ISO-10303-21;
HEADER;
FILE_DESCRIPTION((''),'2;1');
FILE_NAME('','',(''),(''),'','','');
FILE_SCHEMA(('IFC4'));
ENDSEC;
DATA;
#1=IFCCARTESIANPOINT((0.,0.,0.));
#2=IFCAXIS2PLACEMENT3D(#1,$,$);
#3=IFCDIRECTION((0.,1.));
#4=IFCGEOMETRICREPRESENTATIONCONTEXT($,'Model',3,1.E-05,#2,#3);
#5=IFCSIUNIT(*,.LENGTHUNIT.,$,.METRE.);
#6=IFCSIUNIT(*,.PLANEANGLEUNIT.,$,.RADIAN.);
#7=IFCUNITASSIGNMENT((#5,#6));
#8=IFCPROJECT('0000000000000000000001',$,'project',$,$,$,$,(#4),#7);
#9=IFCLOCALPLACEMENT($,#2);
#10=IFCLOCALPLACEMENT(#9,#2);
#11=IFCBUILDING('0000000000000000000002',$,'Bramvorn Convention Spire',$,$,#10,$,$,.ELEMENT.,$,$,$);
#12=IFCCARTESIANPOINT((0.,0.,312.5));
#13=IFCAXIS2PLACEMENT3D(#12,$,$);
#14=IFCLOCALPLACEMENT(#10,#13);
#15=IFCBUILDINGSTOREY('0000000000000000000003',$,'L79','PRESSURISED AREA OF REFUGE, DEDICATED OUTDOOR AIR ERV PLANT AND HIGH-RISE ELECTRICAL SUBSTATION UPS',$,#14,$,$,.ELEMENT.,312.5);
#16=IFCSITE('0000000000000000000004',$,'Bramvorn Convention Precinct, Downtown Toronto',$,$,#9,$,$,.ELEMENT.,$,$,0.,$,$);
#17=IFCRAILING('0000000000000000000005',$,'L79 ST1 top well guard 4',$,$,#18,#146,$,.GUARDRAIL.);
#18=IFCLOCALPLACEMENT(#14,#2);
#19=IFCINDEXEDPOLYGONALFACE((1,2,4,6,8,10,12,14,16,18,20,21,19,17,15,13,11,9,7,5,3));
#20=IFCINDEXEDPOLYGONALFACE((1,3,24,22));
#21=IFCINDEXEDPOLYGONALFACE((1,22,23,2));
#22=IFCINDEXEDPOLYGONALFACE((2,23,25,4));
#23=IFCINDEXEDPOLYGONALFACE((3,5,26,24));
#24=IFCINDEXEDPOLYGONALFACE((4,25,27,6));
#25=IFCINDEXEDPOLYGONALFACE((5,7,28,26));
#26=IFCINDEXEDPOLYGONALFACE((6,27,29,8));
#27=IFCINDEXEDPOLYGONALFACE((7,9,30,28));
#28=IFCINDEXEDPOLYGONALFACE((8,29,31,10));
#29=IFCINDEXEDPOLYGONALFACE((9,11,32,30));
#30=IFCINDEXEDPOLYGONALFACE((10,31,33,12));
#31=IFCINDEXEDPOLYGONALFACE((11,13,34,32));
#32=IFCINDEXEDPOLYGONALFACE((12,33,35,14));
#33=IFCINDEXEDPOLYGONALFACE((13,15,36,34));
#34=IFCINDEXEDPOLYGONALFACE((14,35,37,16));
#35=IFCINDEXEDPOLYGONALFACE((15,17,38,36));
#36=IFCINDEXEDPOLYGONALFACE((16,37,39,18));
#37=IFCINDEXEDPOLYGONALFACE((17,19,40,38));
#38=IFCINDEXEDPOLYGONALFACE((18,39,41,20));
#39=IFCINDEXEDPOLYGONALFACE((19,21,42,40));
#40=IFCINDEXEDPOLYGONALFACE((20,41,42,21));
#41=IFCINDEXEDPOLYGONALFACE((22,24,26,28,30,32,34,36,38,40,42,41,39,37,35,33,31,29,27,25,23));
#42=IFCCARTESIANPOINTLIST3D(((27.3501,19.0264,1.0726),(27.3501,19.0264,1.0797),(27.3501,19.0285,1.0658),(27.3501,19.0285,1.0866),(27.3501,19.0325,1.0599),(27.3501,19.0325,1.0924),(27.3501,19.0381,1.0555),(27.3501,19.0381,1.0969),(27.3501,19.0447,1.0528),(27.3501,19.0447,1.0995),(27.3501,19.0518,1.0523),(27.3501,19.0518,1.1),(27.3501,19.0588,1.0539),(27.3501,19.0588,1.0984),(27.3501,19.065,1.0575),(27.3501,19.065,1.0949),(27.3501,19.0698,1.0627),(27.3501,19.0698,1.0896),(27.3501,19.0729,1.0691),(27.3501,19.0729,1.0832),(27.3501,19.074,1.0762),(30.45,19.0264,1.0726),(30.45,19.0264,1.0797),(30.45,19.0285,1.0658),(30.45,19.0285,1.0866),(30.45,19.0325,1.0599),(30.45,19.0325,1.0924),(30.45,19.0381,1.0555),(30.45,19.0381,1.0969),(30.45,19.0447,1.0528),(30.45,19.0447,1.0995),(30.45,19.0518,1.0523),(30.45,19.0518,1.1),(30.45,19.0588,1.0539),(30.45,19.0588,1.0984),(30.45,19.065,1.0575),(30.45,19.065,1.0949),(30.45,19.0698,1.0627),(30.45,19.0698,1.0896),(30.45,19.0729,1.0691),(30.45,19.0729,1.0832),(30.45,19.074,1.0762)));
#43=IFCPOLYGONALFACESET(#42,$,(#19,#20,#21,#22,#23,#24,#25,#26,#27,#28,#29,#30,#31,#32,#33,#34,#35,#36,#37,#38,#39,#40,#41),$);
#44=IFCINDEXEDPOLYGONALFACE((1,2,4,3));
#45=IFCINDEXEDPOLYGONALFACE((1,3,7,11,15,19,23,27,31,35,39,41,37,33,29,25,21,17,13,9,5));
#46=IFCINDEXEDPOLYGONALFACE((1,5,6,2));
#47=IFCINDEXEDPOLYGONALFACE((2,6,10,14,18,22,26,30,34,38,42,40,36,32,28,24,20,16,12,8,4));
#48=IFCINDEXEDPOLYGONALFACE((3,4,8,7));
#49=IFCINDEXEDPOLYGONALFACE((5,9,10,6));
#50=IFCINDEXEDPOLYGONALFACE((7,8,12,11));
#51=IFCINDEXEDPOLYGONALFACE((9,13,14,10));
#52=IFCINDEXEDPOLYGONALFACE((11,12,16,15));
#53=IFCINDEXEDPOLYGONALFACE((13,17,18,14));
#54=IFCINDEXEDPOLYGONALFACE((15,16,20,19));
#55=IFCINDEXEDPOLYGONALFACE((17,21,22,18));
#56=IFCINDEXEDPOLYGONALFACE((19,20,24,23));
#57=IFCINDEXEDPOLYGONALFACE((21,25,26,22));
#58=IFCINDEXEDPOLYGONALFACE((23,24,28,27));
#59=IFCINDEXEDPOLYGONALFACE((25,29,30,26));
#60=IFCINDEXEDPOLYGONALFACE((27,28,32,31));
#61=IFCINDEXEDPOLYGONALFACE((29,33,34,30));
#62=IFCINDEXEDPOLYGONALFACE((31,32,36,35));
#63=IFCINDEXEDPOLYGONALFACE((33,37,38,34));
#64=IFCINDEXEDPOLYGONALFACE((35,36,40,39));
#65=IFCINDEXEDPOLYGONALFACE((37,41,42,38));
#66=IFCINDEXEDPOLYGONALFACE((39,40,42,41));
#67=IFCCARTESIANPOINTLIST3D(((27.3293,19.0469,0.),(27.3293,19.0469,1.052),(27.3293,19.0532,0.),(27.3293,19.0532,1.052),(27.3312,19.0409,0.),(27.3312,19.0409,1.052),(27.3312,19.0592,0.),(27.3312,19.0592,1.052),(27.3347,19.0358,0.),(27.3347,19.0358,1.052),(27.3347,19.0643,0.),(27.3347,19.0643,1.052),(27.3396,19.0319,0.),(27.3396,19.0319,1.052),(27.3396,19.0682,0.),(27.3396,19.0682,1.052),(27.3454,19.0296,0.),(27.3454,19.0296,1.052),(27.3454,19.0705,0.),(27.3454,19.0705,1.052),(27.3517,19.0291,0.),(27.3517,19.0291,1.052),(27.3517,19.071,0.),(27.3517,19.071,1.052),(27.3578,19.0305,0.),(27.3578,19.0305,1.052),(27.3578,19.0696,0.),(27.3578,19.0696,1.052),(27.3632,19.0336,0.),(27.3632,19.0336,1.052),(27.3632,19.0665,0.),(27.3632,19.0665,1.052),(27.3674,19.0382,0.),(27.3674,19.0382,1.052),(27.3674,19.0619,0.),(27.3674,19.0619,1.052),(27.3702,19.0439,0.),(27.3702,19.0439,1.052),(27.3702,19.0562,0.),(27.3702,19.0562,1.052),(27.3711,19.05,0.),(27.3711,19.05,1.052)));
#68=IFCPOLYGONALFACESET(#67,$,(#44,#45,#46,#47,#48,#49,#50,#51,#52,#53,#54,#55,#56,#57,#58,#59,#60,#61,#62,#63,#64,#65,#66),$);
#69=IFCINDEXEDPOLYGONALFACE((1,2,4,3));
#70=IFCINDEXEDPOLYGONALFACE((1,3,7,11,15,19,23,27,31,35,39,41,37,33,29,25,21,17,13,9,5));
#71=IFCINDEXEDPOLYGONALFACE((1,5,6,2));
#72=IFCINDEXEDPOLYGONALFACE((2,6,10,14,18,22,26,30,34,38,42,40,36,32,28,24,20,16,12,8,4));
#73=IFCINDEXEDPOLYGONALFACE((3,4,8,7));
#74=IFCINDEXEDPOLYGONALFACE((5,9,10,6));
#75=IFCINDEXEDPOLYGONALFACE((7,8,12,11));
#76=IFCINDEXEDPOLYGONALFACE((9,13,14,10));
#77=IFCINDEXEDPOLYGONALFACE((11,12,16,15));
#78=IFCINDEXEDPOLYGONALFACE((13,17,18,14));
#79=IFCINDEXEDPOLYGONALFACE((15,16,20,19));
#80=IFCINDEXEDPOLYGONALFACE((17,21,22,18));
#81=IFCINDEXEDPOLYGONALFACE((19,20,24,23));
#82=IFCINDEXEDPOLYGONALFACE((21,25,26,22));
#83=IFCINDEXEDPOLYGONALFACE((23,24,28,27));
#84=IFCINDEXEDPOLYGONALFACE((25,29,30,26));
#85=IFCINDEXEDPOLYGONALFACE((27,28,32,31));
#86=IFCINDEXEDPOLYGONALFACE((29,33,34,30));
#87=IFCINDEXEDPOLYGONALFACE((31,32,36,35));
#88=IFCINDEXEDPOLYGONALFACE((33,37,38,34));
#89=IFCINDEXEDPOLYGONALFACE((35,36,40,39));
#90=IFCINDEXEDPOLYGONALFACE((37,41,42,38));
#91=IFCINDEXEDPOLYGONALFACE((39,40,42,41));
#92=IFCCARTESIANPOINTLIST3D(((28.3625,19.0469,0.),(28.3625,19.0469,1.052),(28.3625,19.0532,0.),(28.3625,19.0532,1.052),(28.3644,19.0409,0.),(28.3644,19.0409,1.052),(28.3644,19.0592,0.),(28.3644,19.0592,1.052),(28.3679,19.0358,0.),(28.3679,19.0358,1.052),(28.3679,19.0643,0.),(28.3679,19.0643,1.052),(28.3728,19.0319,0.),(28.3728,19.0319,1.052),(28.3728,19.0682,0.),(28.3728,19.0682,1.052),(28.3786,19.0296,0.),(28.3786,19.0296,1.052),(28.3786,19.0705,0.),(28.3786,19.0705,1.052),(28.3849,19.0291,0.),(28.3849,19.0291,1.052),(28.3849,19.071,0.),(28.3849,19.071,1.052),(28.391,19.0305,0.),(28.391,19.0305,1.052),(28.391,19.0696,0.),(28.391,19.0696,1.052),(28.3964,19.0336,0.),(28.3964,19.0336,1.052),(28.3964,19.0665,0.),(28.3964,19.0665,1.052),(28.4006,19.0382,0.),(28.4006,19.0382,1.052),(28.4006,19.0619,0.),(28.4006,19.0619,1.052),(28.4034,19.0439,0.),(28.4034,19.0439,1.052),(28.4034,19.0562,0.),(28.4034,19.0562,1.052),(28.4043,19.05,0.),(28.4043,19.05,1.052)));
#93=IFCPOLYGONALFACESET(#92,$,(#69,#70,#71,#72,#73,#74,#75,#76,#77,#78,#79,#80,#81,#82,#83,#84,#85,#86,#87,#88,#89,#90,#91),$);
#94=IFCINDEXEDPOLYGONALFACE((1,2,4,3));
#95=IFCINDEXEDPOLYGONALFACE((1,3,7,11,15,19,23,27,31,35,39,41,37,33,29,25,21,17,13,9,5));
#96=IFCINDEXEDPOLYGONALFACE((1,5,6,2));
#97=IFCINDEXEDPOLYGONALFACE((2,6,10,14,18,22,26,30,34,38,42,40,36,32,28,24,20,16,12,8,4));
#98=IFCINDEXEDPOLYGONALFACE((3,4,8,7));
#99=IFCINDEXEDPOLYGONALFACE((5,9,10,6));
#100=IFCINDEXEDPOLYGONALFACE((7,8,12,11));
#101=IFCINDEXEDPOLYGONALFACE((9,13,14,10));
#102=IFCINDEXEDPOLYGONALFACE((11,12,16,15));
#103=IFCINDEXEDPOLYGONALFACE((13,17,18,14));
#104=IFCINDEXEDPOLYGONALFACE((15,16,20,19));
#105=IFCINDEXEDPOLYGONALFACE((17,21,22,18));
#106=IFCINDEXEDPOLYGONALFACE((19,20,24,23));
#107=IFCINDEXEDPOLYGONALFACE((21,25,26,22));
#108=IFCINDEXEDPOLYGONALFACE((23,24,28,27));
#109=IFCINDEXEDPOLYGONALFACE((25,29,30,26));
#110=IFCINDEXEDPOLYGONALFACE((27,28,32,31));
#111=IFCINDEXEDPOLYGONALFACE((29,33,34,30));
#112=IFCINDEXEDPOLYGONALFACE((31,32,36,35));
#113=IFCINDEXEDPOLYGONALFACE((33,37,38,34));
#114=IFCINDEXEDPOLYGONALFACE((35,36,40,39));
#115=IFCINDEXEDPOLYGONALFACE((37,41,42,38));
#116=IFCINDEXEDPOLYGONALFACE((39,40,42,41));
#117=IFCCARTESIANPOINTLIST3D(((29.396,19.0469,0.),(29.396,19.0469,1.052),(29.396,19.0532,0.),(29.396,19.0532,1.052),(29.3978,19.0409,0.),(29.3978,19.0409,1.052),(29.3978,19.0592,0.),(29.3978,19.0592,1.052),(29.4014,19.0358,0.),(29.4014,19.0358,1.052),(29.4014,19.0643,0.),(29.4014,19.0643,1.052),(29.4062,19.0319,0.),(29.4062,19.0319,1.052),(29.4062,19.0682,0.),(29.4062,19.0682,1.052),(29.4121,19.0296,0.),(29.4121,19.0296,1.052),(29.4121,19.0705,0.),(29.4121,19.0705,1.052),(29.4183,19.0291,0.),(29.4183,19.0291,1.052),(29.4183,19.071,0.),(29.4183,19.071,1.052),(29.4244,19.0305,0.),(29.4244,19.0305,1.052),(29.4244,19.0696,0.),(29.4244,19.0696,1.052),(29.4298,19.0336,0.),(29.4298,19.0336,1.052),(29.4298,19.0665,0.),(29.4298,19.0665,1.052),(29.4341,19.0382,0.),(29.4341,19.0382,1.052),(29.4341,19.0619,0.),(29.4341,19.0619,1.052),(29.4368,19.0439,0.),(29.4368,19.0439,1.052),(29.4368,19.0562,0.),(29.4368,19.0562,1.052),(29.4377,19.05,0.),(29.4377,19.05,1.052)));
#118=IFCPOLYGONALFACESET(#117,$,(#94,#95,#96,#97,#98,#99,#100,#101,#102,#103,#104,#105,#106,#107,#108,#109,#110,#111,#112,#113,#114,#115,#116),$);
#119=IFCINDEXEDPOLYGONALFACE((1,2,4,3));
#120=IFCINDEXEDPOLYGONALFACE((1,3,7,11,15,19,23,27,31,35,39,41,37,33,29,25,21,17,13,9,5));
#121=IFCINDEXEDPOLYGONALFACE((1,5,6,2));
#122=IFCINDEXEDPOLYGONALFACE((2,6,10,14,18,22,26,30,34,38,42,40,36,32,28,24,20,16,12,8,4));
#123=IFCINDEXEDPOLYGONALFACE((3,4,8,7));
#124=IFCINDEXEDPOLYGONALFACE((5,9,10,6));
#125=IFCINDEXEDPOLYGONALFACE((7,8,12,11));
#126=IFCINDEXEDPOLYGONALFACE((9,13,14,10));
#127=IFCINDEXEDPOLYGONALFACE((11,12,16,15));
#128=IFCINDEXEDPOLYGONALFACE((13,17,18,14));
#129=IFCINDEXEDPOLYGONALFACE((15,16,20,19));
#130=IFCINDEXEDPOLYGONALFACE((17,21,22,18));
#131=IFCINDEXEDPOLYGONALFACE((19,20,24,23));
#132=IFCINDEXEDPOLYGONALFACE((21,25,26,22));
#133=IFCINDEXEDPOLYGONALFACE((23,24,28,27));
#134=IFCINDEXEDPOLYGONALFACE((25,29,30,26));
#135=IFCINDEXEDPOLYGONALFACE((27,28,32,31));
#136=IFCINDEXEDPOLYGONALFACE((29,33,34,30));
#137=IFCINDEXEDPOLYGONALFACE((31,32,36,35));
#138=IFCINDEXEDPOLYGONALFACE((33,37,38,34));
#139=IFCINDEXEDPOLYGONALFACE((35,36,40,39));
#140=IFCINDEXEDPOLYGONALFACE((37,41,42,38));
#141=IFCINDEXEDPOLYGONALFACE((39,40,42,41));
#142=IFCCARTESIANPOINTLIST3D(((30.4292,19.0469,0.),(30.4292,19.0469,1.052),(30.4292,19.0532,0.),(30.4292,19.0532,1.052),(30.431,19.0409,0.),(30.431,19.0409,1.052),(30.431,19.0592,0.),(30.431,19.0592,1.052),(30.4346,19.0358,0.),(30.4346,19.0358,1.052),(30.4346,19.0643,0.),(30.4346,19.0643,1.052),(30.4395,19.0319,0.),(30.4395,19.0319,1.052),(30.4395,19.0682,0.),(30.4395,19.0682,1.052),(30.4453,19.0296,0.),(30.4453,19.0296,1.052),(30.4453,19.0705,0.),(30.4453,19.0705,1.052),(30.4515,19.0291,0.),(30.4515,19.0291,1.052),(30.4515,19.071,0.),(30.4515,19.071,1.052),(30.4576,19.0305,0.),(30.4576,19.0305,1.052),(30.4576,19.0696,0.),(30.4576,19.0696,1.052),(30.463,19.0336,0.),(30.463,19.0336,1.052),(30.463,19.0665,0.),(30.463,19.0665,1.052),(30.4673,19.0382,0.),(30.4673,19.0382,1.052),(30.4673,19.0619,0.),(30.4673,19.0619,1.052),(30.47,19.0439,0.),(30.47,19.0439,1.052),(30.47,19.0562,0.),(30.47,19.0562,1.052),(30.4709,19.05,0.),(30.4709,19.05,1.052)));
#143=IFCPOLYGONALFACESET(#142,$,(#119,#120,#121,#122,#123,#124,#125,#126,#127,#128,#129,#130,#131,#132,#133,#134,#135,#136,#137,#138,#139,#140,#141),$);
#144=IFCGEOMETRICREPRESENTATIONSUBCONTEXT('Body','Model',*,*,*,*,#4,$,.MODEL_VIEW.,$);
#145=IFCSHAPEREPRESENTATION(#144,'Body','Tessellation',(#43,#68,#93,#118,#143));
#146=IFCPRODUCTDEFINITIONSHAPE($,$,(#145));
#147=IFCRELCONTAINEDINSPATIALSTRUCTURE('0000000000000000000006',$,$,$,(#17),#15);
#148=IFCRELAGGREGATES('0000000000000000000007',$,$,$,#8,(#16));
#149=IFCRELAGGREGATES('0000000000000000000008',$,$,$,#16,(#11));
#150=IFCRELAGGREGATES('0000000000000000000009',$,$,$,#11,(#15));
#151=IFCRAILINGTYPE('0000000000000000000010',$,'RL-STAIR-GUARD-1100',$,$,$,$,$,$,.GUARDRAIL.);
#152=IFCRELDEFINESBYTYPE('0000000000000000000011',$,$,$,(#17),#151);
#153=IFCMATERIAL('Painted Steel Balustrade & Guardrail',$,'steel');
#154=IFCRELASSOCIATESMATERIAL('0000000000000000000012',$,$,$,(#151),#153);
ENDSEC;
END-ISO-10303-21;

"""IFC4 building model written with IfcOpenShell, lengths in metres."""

from ifc_helpers import new_model, si_unit, direction, frame, origin, origin_2d, place, context, subcontext, project, spatial, circle, extrude, material, type_object, element, save


model = new_model("IFC4")

# Units and contexts
model_context = context("Model", 3, precision=1e-05, world=origin(), true_north=direction((0.0, 1.0)))
body_context = subcontext(model_context, "Body", "Model", "MODEL_VIEW")
ifc_project = project(units=[si_unit("LENGTHUNIT", "METRE"), si_unit("PLANEANGLEUNIT", "RADIAN")], contexts=[model_context])

# Site, building, storey
site_placement = place(None, origin())
site = spatial("IfcSite", under=ifc_project, at=site_placement, Name="Bramvorn Convention Precinct, Downtown Toronto", CompositionType="ELEMENT", RefElevation=0.0)
building_placement = place(site_placement, origin())
building = spatial("IfcBuilding", under=site, at=building_placement, Name="Bramvorn Convention Spire", CompositionType="ELEMENT")
storey_placement = place(building_placement, frame((0.0, 0.0, 312.5)))
storey = spatial("IfcBuildingStorey", under=building, at=storey_placement, Name="L79", Description="PRESSURISED AREA OF REFUGE, DEDICATED OUTDOOR AIR ERV PLANT AND HIGH-RISE ELECTRICAL SUBSTATION UPS", CompositionType="ELEMENT", Elevation=312.5)

# Railing
ifc_material_1 = material(Name="Painted Steel Balustrade & Guardrail", Category="steel")
railing_type = type_object("IfcRailingType", Name="RL-STAIR-GUARD-1100", PredefinedType="GUARDRAIL", material=ifc_material_1)
railing_1_placement = place(storey_placement, frame((27.3501, 19.05, 0.0)))
element("IfcRailing", 1, at=railing_1_placement, inside=storey, type_object=railing_type, Name="L79 ST1 top well guard 4", PredefinedType="GUARDRAIL", context=body_context, shape_type="SweptSolid", body=[
    extrude(circle(Radius=0.0239, at=origin_2d()), frame((0.0, 0.0, 1.0762), z_axis=(1.0, 0.0, 0.0), x_axis=(0.0, 1.0, 0.0)), (0.0, 0.0, 1.0), 3.0999),
    extrude(circle(Radius=0.021, at=origin_2d()), origin(), (0.0, 0.0, 1.0), 1.052),
    extrude(circle(Radius=0.021, at=origin_2d()), frame((1.0332, 0.0, 0.0)), (0.0, 0.0, 1.0), 1.052),
    extrude(circle(Radius=0.021, at=origin_2d()), frame((2.0667, 0.0, 0.0)), (0.0, 0.0, 1.0), 1.052),
    extrude(circle(Radius=0.021, at=origin_2d()), frame((3.0999, 0.0, 0.0)), (0.0, 0.0, 1.0), 1.052),
])

save(model, "model.ifc")
